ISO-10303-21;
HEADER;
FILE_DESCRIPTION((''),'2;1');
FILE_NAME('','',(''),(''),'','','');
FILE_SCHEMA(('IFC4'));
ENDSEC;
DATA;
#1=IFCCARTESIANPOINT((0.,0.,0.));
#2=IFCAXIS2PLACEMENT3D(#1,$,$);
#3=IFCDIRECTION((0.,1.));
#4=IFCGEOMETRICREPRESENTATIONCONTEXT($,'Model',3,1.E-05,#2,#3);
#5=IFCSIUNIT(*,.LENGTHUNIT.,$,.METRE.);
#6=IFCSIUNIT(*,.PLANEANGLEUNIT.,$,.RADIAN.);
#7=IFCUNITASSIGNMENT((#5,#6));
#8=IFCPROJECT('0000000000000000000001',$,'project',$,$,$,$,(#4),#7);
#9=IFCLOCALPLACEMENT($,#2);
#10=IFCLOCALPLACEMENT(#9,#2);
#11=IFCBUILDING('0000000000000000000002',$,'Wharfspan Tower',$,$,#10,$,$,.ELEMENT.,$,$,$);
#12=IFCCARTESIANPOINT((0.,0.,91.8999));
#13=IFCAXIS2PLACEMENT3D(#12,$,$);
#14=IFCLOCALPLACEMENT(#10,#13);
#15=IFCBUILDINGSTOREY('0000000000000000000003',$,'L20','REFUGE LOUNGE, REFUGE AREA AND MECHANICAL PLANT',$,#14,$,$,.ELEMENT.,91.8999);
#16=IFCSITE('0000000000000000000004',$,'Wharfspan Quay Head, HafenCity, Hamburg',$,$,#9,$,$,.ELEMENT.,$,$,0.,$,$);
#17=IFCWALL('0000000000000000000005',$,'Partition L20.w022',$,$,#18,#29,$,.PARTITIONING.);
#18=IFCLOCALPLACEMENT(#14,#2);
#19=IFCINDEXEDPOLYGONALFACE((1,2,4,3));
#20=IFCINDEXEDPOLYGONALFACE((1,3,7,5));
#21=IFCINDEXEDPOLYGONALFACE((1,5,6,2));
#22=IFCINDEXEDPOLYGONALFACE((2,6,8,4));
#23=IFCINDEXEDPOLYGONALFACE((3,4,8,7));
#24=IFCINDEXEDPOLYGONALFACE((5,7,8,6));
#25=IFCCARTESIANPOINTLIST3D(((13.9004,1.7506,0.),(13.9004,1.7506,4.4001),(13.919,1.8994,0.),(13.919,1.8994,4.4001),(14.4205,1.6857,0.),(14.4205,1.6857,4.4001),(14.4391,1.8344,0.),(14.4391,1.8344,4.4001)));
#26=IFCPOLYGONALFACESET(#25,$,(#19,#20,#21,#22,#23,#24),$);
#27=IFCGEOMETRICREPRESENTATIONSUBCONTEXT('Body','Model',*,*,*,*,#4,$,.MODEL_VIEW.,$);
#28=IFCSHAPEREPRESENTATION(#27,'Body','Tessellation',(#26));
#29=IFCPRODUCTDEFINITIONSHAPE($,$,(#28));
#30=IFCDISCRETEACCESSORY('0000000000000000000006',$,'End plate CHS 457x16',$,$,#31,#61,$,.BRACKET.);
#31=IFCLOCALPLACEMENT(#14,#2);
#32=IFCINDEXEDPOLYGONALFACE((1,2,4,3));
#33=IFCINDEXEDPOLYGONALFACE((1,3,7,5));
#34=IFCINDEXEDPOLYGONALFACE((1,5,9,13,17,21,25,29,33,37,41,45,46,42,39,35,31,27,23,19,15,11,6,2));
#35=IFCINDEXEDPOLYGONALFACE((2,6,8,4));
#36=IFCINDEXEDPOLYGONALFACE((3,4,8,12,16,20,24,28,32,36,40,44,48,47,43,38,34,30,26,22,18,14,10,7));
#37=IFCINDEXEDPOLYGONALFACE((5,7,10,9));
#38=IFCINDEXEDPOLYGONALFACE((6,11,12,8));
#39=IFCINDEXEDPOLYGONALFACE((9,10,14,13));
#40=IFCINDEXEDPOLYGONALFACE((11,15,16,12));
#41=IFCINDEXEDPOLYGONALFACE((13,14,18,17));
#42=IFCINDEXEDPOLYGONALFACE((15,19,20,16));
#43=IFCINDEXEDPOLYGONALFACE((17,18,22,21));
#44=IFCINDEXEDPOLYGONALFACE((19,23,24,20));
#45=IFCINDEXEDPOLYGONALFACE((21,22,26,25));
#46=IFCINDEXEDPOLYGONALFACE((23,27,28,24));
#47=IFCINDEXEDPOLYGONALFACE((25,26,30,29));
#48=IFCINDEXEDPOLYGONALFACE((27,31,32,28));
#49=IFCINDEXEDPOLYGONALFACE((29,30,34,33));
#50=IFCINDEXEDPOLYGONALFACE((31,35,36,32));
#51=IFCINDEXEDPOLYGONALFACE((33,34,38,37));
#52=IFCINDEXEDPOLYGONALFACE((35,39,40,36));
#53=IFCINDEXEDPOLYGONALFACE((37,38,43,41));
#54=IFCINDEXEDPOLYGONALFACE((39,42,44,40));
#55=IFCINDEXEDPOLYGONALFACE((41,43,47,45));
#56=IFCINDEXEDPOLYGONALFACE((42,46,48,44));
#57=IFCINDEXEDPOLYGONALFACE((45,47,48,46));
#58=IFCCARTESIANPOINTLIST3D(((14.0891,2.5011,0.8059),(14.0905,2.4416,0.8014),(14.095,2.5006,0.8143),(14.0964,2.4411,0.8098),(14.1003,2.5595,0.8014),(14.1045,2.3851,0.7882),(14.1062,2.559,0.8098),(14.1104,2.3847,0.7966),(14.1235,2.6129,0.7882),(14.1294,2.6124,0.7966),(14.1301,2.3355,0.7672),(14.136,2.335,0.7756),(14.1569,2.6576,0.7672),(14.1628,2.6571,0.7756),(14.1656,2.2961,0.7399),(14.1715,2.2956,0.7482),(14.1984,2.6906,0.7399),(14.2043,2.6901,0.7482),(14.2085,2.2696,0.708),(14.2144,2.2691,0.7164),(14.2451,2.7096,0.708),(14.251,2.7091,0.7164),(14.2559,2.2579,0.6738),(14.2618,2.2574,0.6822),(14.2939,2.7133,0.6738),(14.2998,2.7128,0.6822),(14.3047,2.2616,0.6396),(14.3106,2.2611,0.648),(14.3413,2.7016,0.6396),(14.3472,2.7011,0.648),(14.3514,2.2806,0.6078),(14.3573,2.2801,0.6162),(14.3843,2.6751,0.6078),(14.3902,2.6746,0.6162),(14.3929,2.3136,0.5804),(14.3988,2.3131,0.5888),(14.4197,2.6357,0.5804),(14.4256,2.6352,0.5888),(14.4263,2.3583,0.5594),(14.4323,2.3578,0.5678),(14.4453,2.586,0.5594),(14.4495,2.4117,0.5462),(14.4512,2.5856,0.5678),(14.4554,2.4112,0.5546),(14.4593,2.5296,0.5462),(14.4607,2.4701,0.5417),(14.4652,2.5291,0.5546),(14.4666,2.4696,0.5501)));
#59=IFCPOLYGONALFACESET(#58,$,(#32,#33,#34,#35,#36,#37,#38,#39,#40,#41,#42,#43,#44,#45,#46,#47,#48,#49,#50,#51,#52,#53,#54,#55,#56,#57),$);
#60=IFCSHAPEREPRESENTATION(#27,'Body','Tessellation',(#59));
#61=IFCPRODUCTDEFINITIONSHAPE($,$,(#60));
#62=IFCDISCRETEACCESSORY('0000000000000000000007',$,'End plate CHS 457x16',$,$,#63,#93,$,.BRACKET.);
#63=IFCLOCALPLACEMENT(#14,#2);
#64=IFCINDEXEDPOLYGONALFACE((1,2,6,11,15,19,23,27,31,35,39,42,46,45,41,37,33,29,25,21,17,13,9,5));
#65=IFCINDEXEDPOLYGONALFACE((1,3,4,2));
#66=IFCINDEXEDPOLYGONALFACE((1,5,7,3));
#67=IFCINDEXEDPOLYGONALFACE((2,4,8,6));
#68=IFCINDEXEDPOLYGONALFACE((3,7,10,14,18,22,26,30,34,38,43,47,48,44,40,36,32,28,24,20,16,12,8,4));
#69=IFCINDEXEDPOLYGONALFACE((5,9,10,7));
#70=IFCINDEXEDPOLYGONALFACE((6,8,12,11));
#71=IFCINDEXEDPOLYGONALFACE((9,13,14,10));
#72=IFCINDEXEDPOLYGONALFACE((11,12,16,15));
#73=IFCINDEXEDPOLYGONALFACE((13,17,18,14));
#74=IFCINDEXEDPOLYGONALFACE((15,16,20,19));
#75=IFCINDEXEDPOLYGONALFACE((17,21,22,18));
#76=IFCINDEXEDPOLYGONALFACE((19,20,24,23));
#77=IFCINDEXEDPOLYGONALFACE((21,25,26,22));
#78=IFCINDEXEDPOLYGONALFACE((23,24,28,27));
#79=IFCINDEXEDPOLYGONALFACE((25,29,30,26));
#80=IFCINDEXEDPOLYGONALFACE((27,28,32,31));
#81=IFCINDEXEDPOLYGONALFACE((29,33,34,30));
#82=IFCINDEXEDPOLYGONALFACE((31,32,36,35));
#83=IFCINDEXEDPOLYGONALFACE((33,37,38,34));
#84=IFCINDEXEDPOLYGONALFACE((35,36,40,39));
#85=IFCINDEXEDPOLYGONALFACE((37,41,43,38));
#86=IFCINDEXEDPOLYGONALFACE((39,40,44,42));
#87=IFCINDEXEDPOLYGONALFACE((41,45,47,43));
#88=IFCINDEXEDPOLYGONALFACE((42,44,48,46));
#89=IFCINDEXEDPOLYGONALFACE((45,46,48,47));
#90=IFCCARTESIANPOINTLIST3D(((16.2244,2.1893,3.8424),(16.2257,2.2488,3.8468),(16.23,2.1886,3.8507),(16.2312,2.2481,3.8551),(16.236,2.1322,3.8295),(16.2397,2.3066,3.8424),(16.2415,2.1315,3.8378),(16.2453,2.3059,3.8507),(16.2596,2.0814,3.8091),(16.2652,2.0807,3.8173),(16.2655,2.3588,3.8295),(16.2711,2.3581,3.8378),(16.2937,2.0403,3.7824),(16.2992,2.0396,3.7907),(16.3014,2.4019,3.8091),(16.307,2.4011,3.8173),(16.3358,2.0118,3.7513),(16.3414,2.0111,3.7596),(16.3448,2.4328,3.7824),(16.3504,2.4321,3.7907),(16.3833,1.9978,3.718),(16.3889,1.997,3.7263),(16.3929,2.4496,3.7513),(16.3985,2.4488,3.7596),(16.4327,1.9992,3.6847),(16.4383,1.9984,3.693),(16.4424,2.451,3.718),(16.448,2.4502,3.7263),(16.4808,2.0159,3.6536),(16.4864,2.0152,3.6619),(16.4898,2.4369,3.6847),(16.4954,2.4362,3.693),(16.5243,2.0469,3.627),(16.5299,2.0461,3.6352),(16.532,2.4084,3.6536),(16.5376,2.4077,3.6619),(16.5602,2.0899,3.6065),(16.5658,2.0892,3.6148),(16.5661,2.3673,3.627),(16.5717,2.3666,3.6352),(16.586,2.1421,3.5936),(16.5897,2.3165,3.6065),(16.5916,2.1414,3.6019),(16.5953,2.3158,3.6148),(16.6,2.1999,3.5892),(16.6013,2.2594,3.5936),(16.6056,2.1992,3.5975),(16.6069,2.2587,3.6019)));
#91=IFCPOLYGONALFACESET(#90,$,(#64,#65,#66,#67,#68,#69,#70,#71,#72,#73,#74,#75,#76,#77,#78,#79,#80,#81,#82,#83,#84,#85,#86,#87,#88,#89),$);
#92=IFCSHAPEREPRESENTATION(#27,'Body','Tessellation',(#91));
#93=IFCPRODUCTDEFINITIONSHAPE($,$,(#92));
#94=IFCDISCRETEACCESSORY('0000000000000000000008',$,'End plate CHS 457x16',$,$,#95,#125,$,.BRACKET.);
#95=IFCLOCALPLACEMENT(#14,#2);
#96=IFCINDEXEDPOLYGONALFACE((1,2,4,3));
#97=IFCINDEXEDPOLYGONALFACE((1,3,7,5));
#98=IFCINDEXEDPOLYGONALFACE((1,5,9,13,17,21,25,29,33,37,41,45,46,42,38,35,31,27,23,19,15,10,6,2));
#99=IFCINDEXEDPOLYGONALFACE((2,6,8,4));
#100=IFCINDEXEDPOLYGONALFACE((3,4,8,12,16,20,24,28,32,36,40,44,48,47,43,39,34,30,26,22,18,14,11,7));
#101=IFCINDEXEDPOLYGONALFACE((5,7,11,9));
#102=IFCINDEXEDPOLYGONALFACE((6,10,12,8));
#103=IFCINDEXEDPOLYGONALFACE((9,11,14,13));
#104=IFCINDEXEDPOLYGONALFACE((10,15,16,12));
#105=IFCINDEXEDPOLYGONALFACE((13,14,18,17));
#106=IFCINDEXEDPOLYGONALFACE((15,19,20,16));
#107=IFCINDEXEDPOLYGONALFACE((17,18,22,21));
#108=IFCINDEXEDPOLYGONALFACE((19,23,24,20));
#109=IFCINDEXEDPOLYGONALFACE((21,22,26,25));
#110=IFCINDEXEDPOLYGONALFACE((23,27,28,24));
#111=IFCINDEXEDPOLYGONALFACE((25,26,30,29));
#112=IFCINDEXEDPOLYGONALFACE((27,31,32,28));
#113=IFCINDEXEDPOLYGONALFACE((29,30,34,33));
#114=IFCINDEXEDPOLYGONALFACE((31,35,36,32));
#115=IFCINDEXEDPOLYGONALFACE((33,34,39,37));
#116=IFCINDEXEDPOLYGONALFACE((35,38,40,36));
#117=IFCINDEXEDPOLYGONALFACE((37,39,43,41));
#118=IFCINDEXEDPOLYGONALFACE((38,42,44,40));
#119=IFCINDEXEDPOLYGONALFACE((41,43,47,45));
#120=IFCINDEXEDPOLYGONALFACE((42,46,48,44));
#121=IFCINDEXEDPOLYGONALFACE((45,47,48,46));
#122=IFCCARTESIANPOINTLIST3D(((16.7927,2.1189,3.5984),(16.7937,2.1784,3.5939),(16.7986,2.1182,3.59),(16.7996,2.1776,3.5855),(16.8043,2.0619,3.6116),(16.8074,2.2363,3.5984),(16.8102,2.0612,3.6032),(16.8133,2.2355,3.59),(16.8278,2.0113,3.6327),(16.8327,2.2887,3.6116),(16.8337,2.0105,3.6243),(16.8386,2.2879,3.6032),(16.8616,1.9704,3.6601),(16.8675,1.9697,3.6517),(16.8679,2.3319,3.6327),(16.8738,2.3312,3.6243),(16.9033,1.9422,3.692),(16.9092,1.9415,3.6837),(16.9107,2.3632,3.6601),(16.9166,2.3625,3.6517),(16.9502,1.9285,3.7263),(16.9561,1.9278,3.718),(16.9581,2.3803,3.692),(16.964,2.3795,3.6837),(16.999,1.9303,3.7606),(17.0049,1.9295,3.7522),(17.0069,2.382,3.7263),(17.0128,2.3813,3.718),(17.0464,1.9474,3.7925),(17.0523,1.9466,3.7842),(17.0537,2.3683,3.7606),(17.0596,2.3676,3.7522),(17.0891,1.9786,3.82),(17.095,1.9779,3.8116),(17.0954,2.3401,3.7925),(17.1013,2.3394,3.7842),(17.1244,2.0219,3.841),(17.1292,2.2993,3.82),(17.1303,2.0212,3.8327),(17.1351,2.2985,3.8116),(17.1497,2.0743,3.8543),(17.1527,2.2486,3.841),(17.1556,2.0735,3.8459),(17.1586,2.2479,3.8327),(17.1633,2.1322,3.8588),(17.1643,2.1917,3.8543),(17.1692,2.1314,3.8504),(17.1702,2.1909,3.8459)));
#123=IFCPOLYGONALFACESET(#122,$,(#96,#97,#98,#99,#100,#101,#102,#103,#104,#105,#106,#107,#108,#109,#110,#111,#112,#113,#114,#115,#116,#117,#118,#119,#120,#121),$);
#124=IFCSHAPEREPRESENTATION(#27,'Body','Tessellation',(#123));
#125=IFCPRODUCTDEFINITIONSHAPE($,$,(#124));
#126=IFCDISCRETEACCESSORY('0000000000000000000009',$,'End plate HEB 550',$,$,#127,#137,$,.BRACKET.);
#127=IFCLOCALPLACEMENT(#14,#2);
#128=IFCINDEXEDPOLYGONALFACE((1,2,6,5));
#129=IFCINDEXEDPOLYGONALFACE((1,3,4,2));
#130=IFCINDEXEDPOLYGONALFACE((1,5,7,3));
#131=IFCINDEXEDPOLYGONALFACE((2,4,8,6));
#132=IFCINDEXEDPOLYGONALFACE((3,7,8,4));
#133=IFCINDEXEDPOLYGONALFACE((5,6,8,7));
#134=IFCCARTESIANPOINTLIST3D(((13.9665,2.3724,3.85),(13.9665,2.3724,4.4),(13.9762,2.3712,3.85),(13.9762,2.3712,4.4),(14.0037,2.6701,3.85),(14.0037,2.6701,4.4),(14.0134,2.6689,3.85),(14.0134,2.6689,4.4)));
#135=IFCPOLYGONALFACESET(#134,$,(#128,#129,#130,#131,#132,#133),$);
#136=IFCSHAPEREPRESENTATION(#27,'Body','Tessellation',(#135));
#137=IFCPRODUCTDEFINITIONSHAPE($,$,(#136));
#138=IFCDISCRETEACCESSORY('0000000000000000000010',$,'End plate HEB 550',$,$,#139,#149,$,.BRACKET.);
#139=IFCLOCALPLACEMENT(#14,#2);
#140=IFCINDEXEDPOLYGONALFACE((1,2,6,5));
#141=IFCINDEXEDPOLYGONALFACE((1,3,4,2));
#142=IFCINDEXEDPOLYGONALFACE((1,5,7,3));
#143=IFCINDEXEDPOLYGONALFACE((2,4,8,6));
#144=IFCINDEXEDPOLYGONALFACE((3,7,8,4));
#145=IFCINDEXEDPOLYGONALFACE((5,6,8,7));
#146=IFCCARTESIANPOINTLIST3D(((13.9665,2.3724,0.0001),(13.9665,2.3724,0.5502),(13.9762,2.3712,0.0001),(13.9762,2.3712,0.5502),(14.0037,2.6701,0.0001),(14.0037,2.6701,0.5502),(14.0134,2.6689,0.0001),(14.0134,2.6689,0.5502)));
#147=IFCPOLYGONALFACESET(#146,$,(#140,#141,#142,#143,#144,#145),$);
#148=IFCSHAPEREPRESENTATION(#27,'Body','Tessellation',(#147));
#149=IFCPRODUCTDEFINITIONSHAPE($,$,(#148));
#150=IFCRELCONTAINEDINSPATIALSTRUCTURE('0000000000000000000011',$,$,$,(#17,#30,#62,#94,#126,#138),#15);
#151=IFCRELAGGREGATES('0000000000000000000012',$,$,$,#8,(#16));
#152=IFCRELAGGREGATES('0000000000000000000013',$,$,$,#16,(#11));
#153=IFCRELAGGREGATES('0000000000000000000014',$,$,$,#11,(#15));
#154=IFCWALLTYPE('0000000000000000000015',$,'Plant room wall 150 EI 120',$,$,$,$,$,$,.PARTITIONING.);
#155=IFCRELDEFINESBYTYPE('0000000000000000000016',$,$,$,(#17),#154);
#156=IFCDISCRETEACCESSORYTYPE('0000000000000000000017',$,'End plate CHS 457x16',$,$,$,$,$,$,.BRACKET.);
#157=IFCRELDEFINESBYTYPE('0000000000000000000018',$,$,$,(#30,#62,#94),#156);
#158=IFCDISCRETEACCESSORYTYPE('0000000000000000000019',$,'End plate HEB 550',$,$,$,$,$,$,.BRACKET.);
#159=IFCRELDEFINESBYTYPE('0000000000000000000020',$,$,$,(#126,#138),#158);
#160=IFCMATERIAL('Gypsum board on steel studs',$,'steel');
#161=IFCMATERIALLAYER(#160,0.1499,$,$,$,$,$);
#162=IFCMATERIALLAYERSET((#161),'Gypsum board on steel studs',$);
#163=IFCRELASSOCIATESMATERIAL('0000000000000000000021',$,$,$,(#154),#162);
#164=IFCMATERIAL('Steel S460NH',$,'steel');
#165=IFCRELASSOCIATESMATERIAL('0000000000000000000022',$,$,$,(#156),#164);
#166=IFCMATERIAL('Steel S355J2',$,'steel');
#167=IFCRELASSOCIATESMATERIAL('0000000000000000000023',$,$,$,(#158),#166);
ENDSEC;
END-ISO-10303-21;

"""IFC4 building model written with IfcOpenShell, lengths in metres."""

from ifc_helpers import new_model, si_unit, direction, frame, frame_2d, origin, origin_2d, place, context, subcontext, project, spatial, rectangle, circle, extrude, material, layer, layer_set, material_profile, profile_set, type_object, element, save


model = new_model("IFC4")

# Units and contexts
model_context = context("Model", 3, precision=1e-05, world=origin(), true_north=direction((0.0, 1.0)))
body_context = subcontext(model_context, "Body", "Model", "MODEL_VIEW")
ifc_project = project(units=[si_unit("LENGTHUNIT", "METRE"), si_unit("PLANEANGLEUNIT", "RADIAN")], contexts=[model_context])

# Site, building, storey
site_placement = place(None, origin())
site = spatial("IfcSite", under=ifc_project, at=site_placement, Name="Wharfspan Quay Head, HafenCity, Hamburg", CompositionType="ELEMENT", RefElevation=0.0)
building_placement = place(site_placement, origin())
building = spatial("IfcBuilding", under=site, at=building_placement, Name="Wharfspan Tower", CompositionType="ELEMENT")
storey_placement = place(building_placement, frame((0.0, 0.0, 91.8999)))
storey = spatial("IfcBuildingStorey", under=building, at=storey_placement, Name="L20", Description="REFUGE LOUNGE, REFUGE AREA AND MECHANICAL PLANT", CompositionType="ELEMENT", Elevation=91.8999)

# Shared definitions
ifc_material_1 = material(Name="Steel S355J2", Category="steel")

# Shared definitions
ifc_material_2 = material(Name="Steel S460NH", Category="steel")

# Wall
ifc_material_3 = material(Name="Gypsum board on steel studs", Category="steel")
ifc_layer_1 = layer(ifc_material_3, 0.1499)
ifc_layer_set_1 = layer_set([ifc_layer_1], Name="Gypsum board on steel studs")
wall_type = type_object("IfcWallType", Name="Plant room wall 150 EI 120", PredefinedType="PARTITIONING", material=ifc_layer_set_1)
wall_1_placement = place(storey_placement, frame((14.4299, 1.76, 0.0), z_axis=(0.0, 0.0, 1.0), x_axis=(-0.992292, 0.12392, 0.0)))
element("IfcWall", 1, at=wall_1_placement, inside=storey, type_object=wall_type, Name="Partition L20.w022", PredefinedType="PARTITIONING", context=body_context, shape_type="SweptSolid", body=[
    extrude(rectangle(XDim=0.5242, YDim=0.1499, at=frame_2d((0.2622, 0.0))), origin(), (0.0, 0.0, 1.0), 4.4001),
])

# Discrete accessories
ifc_material_profile_1 = material_profile(ifc_material_2, circle(Radius=0.2285, at=origin_2d()))
ifc_profile_set_1 = profile_set([ifc_material_profile_1], Name="Steel S460NH")
discrete_accessory_type_1 = type_object("IfcDiscreteAccessoryType", Name="End plate CHS 457x16", PredefinedType="BRACKET", material=ifc_profile_set_1)
discrete_accessory_1_placement = place(storey_placement, frame((14.2749, 2.4856, 0.6738), z_axis=(0.576018, -0.048002, 0.816026), x_axis=(0.083046, 0.996542, 0.0)))
element("IfcDiscreteAccessory", 2, at=discrete_accessory_1_placement, inside=storey, type_object=discrete_accessory_type_1, Name="End plate CHS 457x16", PredefinedType="BRACKET", context=body_context, shape_type="SweptSolid", body=[
    extrude(circle(Radius=0.2285, at=origin_2d()), origin(), (0.0, 0.0, 1.0), 0.0103),
])
discrete_accessory_2_placement = place(storey_placement, frame((16.4128, 2.2244, 3.718), z_axis=(0.558819, -0.072889, 0.82608), x_axis=(0.129337, 0.991601, 0.000001)))
element("IfcDiscreteAccessory", 3, at=discrete_accessory_2_placement, inside=storey, type_object=discrete_accessory_type_1, Name="End plate CHS 457x16", PredefinedType="BRACKET", context=body_context, shape_type="SweptSolid", body=[
    extrude(circle(Radius=0.2285, at=origin_2d()), origin(), (0.0, 0.0, 1.0), 0.01),
])
discrete_accessory_3_placement = place(storey_placement, frame((16.9785, 2.1553, 3.7263), z_axis=(0.575191, -0.071899, -0.814853), x_axis=(0.124036, 0.992275, 0.000001)))
element("IfcDiscreteAccessory", 4, at=discrete_accessory_3_placement, inside=storey, type_object=discrete_accessory_type_1, Name="End plate CHS 457x16", PredefinedType="BRACKET", context=body_context, shape_type="SweptSolid", body=[
    extrude(circle(Radius=0.2285, at=origin_2d()), origin(), (0.0, 0.0, 1.0), 0.0103),
])
ifc_material_profile_2 = material_profile(ifc_material_1, rectangle(XDim=0.3, YDim=0.55, at=origin_2d()))
ifc_profile_set_2 = profile_set([ifc_material_profile_2], Name="Steel S355J2")
discrete_accessory_type_2 = type_object("IfcDiscreteAccessoryType", Name="End plate HEB 550", PredefinedType="BRACKET", material=ifc_profile_set_2)
for number, where, z_axis, x_axis, name in (
    (5, (13.9851, 2.5212, 4.125), (0.992278, -0.124035, 0.0), (0.124035, 0.992278, 0.0), "End plate HEB 550"),
    (6, (13.9851, 2.5212, 0.2751), (0.992278, -0.124035, 0.0), (0.124035, 0.992278, 0.0), "End plate HEB 550"),
):
    element("IfcDiscreteAccessory", number, at=place(storey_placement, frame(where, z_axis=z_axis, x_axis=x_axis)), inside=storey, type_object=discrete_accessory_type_2, Name=name, PredefinedType="BRACKET", context=body_context, shape_type="SweptSolid", body=[
        extrude(rectangle(XDim=0.3, YDim=0.55, at=origin_2d()), origin(), (0.0, 0.0, 1.0), 0.0098),
    ])

save(model, "model.ifc")
